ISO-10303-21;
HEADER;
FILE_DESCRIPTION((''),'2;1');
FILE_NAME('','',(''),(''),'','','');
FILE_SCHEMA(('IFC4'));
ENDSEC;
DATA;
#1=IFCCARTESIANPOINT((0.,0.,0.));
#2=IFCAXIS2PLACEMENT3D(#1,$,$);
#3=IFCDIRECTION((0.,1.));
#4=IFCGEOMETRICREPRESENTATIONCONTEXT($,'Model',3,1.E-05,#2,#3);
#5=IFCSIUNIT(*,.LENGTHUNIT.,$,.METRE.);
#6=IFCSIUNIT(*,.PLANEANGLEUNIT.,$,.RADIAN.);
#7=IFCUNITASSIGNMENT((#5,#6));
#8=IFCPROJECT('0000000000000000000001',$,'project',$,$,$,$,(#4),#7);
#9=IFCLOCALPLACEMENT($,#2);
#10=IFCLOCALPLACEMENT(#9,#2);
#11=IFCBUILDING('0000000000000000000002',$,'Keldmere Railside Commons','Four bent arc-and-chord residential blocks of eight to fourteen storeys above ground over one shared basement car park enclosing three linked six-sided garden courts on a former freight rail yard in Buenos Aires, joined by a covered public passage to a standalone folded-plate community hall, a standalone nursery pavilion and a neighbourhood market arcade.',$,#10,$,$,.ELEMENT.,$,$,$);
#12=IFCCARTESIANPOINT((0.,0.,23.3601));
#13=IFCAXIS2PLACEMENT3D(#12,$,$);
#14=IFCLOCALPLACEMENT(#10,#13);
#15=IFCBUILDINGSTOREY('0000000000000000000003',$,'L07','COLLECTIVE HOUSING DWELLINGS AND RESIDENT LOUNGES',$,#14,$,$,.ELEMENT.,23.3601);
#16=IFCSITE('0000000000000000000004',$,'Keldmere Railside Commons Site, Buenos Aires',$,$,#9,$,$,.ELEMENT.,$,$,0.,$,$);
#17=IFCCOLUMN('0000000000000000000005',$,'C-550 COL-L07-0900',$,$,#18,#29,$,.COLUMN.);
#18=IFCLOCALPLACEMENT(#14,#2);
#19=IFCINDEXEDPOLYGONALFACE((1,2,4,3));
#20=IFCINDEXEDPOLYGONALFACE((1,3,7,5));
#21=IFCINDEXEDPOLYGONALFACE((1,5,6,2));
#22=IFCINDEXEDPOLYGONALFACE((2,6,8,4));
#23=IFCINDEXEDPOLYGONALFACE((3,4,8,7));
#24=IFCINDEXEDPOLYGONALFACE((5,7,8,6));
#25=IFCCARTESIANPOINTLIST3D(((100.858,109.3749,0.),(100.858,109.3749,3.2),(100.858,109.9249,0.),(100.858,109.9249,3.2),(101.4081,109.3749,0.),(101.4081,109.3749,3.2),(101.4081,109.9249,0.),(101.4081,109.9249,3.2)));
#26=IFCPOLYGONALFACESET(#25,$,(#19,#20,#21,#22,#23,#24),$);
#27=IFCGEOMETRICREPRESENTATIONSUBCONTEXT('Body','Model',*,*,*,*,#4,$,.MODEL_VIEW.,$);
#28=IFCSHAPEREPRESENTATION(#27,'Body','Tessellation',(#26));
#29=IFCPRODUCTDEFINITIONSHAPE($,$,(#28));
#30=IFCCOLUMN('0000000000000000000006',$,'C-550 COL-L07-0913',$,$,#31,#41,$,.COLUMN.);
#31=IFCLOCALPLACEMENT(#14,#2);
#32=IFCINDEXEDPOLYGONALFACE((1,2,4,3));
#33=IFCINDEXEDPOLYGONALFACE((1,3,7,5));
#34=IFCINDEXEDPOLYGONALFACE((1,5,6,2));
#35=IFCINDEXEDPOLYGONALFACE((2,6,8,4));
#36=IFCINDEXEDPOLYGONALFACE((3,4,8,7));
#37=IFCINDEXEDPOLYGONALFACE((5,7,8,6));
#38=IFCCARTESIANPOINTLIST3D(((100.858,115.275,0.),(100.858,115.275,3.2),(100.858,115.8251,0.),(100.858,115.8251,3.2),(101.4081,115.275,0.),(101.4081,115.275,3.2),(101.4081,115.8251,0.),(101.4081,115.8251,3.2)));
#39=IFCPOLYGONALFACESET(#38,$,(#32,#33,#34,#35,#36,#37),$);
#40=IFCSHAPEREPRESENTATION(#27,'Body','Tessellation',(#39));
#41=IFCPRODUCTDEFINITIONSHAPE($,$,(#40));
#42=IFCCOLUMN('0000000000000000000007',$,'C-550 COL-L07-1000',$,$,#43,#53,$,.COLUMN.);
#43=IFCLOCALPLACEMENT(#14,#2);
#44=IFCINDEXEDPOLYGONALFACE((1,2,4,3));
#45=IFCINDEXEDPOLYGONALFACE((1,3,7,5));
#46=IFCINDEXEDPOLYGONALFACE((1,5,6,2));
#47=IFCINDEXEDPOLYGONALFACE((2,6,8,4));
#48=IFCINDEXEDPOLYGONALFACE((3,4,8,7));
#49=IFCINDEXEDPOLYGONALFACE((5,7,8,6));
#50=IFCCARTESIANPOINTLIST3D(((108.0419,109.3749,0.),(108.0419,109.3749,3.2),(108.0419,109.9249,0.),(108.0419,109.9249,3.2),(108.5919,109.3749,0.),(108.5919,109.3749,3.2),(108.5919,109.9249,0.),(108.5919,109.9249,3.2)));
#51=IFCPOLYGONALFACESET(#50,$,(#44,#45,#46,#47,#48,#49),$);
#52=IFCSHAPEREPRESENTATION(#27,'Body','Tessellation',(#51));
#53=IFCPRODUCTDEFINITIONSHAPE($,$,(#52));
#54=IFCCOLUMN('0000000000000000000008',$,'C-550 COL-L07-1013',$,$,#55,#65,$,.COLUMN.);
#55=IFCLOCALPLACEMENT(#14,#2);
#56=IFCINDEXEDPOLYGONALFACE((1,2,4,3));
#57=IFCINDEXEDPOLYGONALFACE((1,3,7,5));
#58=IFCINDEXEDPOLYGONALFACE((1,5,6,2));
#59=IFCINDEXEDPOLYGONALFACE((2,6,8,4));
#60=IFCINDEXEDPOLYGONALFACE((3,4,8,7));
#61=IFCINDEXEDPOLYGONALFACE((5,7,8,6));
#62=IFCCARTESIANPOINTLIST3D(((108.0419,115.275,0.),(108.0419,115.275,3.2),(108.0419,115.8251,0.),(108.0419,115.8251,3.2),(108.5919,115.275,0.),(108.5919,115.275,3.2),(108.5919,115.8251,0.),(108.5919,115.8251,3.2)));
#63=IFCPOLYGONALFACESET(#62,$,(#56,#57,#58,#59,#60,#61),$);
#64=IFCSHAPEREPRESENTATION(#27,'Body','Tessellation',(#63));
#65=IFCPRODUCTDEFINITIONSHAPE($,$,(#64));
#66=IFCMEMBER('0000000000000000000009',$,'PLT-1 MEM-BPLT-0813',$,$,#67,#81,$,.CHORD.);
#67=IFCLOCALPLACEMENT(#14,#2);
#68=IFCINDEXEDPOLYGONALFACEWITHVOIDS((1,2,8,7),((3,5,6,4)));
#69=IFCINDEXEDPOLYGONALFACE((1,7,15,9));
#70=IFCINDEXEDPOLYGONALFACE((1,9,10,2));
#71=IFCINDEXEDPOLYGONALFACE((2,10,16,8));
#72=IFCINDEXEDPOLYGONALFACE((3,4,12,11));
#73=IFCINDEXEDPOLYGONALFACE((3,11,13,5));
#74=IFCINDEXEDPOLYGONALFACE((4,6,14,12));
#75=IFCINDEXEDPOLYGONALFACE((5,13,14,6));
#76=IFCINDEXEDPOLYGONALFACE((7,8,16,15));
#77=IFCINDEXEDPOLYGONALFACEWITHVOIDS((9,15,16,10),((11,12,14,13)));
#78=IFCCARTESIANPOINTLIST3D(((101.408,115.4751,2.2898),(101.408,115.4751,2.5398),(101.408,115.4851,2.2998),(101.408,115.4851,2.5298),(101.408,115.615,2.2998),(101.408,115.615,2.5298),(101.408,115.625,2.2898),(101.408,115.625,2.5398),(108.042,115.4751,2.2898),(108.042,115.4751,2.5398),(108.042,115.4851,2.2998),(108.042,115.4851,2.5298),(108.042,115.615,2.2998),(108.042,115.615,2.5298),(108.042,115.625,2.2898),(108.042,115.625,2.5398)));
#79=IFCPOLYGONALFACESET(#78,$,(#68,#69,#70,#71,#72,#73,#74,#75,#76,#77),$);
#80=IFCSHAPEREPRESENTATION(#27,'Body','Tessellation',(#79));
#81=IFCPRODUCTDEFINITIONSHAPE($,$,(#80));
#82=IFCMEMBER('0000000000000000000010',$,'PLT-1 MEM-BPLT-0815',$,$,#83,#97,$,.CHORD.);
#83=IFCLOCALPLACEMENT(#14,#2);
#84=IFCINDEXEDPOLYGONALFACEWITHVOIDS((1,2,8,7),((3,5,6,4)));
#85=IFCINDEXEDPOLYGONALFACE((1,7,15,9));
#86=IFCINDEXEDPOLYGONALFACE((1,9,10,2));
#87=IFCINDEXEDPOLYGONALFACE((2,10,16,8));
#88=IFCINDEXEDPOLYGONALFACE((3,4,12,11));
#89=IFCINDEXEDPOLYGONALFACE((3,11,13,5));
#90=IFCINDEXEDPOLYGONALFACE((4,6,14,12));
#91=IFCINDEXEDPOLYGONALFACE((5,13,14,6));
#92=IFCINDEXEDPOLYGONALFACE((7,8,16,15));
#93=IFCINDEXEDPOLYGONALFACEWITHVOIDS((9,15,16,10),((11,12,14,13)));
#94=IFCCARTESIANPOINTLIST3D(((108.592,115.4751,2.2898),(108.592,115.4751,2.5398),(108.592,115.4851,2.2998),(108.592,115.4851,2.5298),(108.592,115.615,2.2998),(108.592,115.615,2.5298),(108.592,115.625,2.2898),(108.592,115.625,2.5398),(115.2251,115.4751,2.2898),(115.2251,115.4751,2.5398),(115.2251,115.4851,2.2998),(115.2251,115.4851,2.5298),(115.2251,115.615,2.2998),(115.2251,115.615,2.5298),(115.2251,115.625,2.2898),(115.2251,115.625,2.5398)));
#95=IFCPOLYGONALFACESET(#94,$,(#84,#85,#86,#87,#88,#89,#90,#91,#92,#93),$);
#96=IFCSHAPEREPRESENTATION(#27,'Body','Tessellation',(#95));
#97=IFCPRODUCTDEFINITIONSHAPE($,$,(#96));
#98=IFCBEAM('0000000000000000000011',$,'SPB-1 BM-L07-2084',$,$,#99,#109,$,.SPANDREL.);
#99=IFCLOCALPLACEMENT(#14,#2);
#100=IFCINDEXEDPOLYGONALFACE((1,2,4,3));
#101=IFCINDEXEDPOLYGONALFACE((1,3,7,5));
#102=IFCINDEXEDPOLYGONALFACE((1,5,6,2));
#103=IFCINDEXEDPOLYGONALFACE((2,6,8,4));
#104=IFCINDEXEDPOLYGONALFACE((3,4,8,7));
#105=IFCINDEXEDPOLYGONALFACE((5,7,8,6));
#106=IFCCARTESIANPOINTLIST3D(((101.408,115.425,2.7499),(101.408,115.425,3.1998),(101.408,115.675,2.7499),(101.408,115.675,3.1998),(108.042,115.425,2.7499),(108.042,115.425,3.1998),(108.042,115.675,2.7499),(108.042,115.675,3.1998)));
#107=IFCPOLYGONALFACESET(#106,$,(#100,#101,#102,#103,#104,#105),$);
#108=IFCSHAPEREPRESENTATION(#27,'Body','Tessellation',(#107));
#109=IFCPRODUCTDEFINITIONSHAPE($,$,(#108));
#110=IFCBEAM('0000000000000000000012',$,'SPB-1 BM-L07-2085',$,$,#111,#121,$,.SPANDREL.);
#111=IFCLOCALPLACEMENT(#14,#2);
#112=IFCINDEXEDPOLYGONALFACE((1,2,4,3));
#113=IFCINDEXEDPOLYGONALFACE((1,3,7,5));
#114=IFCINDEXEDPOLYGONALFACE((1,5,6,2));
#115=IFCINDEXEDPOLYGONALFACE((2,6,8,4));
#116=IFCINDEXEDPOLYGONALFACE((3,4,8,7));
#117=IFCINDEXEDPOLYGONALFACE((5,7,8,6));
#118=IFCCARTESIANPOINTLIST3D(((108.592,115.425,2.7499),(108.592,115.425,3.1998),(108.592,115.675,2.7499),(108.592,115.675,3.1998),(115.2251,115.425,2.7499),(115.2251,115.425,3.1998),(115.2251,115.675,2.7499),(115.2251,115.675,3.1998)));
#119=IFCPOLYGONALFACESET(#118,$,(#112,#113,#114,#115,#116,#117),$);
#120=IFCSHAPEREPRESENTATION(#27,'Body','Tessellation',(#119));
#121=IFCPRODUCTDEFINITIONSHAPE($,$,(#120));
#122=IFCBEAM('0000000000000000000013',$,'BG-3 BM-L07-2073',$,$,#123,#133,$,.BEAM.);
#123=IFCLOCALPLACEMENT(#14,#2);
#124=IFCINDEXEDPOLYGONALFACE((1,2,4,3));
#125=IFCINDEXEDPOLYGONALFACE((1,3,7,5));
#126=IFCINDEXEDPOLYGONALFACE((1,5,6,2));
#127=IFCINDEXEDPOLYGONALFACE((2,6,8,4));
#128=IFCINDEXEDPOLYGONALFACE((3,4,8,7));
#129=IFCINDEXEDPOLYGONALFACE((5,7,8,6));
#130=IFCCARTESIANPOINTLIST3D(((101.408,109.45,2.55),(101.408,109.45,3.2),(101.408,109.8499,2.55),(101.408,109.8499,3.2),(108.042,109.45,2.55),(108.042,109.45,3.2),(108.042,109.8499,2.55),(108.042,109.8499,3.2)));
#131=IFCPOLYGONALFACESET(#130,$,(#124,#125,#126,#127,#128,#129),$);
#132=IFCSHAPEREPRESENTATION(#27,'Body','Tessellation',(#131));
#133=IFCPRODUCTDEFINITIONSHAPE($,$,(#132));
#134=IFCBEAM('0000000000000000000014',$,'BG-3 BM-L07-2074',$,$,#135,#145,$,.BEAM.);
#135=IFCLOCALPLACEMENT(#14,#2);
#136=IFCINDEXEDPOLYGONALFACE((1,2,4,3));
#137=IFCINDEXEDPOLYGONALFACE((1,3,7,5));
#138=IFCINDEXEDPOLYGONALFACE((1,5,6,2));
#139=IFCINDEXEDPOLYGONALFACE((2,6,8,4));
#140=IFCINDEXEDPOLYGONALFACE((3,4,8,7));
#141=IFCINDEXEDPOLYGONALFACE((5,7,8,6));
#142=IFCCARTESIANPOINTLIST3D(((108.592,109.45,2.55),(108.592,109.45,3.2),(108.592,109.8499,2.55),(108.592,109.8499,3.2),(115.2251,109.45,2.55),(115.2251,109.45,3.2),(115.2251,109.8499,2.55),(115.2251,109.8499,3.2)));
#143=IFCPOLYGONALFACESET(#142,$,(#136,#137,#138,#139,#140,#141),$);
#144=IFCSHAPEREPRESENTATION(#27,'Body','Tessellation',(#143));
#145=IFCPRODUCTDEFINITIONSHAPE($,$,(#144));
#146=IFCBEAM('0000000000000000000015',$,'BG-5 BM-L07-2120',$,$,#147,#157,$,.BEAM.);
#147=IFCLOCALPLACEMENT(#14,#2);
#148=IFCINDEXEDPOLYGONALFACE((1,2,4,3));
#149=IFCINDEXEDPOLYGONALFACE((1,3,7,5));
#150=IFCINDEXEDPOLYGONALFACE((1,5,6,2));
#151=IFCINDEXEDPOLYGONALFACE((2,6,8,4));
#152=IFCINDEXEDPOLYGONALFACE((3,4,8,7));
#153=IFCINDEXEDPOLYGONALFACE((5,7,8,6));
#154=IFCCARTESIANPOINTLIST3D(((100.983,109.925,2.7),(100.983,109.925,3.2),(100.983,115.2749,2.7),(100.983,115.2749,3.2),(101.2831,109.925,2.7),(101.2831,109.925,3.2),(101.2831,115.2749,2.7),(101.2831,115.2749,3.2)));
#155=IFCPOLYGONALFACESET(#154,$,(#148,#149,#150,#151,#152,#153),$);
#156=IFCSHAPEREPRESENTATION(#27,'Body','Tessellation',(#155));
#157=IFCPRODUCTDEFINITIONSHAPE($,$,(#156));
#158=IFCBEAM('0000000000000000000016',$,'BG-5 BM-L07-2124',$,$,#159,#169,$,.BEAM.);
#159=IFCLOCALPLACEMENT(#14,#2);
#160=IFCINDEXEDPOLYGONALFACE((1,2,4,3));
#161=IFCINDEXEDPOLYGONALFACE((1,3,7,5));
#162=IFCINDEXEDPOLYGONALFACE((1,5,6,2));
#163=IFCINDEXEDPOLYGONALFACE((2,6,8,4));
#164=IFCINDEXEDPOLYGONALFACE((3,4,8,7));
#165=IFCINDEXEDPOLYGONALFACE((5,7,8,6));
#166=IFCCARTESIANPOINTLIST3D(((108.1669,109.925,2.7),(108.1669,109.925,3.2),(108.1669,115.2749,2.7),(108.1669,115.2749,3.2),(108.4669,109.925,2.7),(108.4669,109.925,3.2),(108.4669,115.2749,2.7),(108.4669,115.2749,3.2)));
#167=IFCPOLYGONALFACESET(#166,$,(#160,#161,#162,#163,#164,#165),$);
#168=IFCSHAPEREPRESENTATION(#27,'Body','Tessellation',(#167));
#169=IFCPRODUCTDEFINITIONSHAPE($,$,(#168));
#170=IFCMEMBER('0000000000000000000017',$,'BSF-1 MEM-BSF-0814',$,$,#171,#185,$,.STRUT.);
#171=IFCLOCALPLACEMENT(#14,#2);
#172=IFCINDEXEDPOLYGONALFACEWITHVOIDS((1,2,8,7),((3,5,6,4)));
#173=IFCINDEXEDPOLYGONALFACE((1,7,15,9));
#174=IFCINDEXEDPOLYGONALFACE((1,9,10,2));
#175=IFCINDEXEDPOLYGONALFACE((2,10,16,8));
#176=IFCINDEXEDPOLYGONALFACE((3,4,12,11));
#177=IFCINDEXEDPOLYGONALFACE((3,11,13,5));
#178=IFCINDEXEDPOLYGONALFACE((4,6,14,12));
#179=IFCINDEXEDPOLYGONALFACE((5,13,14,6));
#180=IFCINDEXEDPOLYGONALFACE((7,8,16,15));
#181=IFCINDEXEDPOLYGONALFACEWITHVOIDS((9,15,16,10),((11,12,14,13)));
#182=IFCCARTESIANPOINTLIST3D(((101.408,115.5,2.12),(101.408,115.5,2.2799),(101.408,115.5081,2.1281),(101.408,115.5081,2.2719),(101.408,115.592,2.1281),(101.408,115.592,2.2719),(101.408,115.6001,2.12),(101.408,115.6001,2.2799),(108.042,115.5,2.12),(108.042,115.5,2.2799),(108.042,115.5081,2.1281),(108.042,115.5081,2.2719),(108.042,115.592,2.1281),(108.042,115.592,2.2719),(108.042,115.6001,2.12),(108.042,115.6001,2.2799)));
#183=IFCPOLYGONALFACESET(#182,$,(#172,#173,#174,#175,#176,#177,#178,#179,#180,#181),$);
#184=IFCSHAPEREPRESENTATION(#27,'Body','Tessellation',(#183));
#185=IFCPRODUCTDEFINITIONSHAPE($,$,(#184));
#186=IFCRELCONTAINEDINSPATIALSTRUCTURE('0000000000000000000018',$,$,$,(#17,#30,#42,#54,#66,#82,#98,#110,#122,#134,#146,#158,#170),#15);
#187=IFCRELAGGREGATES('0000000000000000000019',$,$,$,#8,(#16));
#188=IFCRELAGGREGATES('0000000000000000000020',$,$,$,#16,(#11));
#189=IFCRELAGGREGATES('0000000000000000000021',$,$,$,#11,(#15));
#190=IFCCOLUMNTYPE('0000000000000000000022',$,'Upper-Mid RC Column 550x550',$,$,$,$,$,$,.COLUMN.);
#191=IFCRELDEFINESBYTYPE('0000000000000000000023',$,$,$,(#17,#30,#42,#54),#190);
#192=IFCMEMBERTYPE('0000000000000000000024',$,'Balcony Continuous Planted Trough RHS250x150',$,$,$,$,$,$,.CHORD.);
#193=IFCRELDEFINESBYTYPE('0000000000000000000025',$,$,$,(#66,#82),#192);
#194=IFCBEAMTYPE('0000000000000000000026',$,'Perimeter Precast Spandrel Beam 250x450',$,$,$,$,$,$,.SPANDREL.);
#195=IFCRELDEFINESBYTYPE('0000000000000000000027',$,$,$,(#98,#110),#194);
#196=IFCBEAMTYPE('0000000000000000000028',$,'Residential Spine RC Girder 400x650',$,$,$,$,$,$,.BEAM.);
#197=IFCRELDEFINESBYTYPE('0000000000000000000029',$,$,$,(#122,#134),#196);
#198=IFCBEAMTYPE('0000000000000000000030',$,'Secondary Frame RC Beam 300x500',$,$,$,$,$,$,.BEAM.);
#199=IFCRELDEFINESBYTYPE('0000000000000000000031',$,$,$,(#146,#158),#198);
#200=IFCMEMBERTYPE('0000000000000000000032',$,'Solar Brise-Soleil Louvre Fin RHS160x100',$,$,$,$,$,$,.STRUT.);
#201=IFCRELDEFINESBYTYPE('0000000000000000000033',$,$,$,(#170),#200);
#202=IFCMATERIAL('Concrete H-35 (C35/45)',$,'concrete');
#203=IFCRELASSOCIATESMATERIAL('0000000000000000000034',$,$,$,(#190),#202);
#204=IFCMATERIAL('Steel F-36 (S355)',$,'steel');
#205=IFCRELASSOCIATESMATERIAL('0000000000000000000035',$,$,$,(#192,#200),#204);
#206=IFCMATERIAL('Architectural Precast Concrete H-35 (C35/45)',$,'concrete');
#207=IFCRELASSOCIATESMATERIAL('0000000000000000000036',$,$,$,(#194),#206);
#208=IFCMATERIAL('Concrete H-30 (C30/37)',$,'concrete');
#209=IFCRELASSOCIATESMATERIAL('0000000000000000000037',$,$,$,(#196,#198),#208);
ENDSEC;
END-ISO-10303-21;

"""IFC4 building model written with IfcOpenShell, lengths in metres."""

from ifc_helpers import new_model, si_unit, direction, frame, origin, origin_2d, place, context, subcontext, project, spatial, rectangle, hollow_rectangle, extrude, material, material_profile, profile_set, type_object, element, save


model = new_model("IFC4")

# Units and contexts
model_context = context("Model", 3, precision=1e-05, world=origin(), true_north=direction((0.0, 1.0)))
body_context = subcontext(model_context, "Body", "Model", "MODEL_VIEW")
ifc_project = project(units=[si_unit("LENGTHUNIT", "METRE"), si_unit("PLANEANGLEUNIT", "RADIAN")], contexts=[model_context])

# Site, building, storey
site_placement = place(None, origin())
site = spatial("IfcSite", under=ifc_project, at=site_placement, Name="Keldmere Railside Commons Site, Buenos Aires", CompositionType="ELEMENT", RefElevation=0.0)
building_placement = place(site_placement, origin())
building = spatial("IfcBuilding", under=site, at=building_placement, Name="Keldmere Railside Commons", Description="Four bent arc-and-chord residential blocks of eight to fourteen storeys above ground over one shared basement car park enclosing three linked six-sided garden courts on a former freight rail yard in Buenos Aires, joined by a covered public passage to a standalone folded-plate community hall, a standalone nursery pavilion and a neighbourhood market arcade.", CompositionType="ELEMENT")
storey_placement = place(building_placement, frame((0.0, 0.0, 23.3601)))
storey = spatial("IfcBuildingStorey", under=building, at=storey_placement, Name="L07", Description="COLLECTIVE HOUSING DWELLINGS AND RESIDENT LOUNGES", CompositionType="ELEMENT", Elevation=23.3601)

# Columns
ifc_material_1 = material(Name="Concrete H-35 (C35/45)", Category="concrete")
ifc_material_profile_1 = material_profile(ifc_material_1, rectangle(XDim=0.55, YDim=0.55, at=origin_2d()), Name="RC-550x550")
ifc_profile_set_1 = profile_set([ifc_material_profile_1], Name="Concrete H-35 (C35/45)")
column_type = type_object("IfcColumnType", Name="Upper-Mid RC Column 550x550", PredefinedType="COLUMN", material=ifc_profile_set_1)
for number, where, z_axis, x_axis, name in (
    (1, (101.1331, 109.6499, 0.0), (0.0, 0.0, 1.0), (1.0, 0.0, 0.0), "C-550 COL-L07-0900"),
    (2, (101.1331, 115.55, 0.0), (0.0, 0.0, 1.0), (1.0, 0.0, 0.0), "C-550 COL-L07-0913"),
    (3, (108.3169, 109.6499, 0.0), (0.0, 0.0, 1.0), (1.0, 0.0, 0.0), "C-550 COL-L07-1000"),
    (4, (108.3169, 115.55, 0.0), (0.0, 0.0, 1.0), (1.0, 0.0, 0.0), "C-550 COL-L07-1013"),
):
    element("IfcColumn", number, at=place(storey_placement, frame(where, z_axis=z_axis, x_axis=x_axis)), inside=storey, type_object=column_type, Name=name, PredefinedType="COLUMN", context=body_context, shape_type="SweptSolid", body=[
        extrude(rectangle(XDim=0.55, YDim=0.55, at=origin_2d()), origin(), (0.0, 0.0, 1.0), 3.2),
    ])

# Members
ifc_material_2 = material(Name="Steel F-36 (S355)", Category="steel")
ifc_material_profile_2 = material_profile(ifc_material_2, hollow_rectangle(XDim=0.1499, YDim=0.25, WallThickness=0.01, at=origin_2d()), Name="RHS-250x150x10")
ifc_profile_set_2 = profile_set([ifc_material_profile_2], Name="Steel F-36 (S355)")
member_type_1 = type_object("IfcMemberType", Name="Balcony Continuous Planted Trough RHS250x150", PredefinedType="CHORD", material=ifc_profile_set_2)
member_1_placement = place(storey_placement, frame((101.408, 115.55, 2.4148), z_axis=(1.0, 0.0, 0.0), x_axis=(0.0, 1.0, 0.0)))
element("IfcMember", 5, at=member_1_placement, inside=storey, type_object=member_type_1, Name="PLT-1 MEM-BPLT-0813", PredefinedType="CHORD", context=body_context, shape_type="SweptSolid", body=[
    extrude(hollow_rectangle(XDim=0.1499, YDim=0.25, WallThickness=0.01, at=origin_2d()), origin(), (0.0, 0.0, 1.0), 6.634),
])
member_2_placement = place(storey_placement, frame((108.592, 115.55, 2.4148), z_axis=(1.0, 0.0, 0.0), x_axis=(0.0, 1.0, 0.0)))
element("IfcMember", 6, at=member_2_placement, inside=storey, type_object=member_type_1, Name="PLT-1 MEM-BPLT-0815", PredefinedType="CHORD", context=body_context, shape_type="SweptSolid", body=[
    extrude(hollow_rectangle(XDim=0.1499, YDim=0.25, WallThickness=0.01, at=origin_2d()), origin(), (0.0, 0.0, 1.0), 6.6331),
])

# Beams
ifc_material_3 = material(Name="Architectural Precast Concrete H-35 (C35/45)", Category="concrete")
ifc_material_profile_3 = material_profile(ifc_material_3, rectangle(XDim=0.25, YDim=0.45, at=origin_2d()), Name="RC-250x450")
ifc_profile_set_3 = profile_set([ifc_material_profile_3], Name="Architectural Precast Concrete H-35 (C35/45)")
beam_type_1 = type_object("IfcBeamType", Name="Perimeter Precast Spandrel Beam 250x450", PredefinedType="SPANDREL", material=ifc_profile_set_3)
beam_1_placement = place(storey_placement, frame((101.408, 115.55, 2.9749), z_axis=(1.0, 0.0, 0.0), x_axis=(0.0, 1.0, 0.0)))
element("IfcBeam", 7, at=beam_1_placement, inside=storey, type_object=beam_type_1, Name="SPB-1 BM-L07-2084", PredefinedType="SPANDREL", context=body_context, shape_type="SweptSolid", body=[
    extrude(rectangle(XDim=0.25, YDim=0.45, at=origin_2d()), origin(), (0.0, 0.0, 1.0), 6.634),
])
beam_2_placement = place(storey_placement, frame((108.592, 115.55, 2.9749), z_axis=(1.0, 0.0, 0.0), x_axis=(0.0, 1.0, 0.0)))
element("IfcBeam", 8, at=beam_2_placement, inside=storey, type_object=beam_type_1, Name="SPB-1 BM-L07-2085", PredefinedType="SPANDREL", context=body_context, shape_type="SweptSolid", body=[
    extrude(rectangle(XDim=0.25, YDim=0.45, at=origin_2d()), origin(), (0.0, 0.0, 1.0), 6.6331),
])
ifc_material_4 = material(Name="Concrete H-30 (C30/37)", Category="concrete")
ifc_material_profile_4 = material_profile(ifc_material_4, rectangle(XDim=0.3999, YDim=0.6499, at=origin_2d()), Name="RC-400x650")
ifc_profile_set_4 = profile_set([ifc_material_profile_4], Name="Concrete H-30 (C30/37)")
beam_type_2 = type_object("IfcBeamType", Name="Residential Spine RC Girder 400x650", PredefinedType="BEAM", material=ifc_profile_set_4)
beam_3_placement = place(storey_placement, frame((101.408, 109.6499, 2.875), z_axis=(1.0, 0.0, 0.0), x_axis=(0.0, 1.0, 0.0)))
element("IfcBeam", 9, at=beam_3_placement, inside=storey, type_object=beam_type_2, Name="BG-3 BM-L07-2073", PredefinedType="BEAM", context=body_context, shape_type="SweptSolid", body=[
    extrude(rectangle(XDim=0.3999, YDim=0.6499, at=origin_2d()), origin(), (0.0, 0.0, 1.0), 6.634),
])
beam_4_placement = place(storey_placement, frame((108.592, 109.6499, 2.875), z_axis=(1.0, 0.0, 0.0), x_axis=(0.0, 1.0, 0.0)))
element("IfcBeam", 10, at=beam_4_placement, inside=storey, type_object=beam_type_2, Name="BG-3 BM-L07-2074", PredefinedType="BEAM", context=body_context, shape_type="SweptSolid", body=[
    extrude(rectangle(XDim=0.3999, YDim=0.6499, at=origin_2d()), origin(), (0.0, 0.0, 1.0), 6.6331),
])
ifc_material_profile_5 = material_profile(ifc_material_4, rectangle(XDim=0.3, YDim=0.5, at=origin_2d()), Name="RC-300x500")
ifc_profile_set_5 = profile_set([ifc_material_profile_5], Name="Concrete H-30 (C30/37)")
beam_type_3 = type_object("IfcBeamType", Name="Secondary Frame RC Beam 300x500", PredefinedType="BEAM", material=ifc_profile_set_5)
for number, where, z_axis, x_axis, name in (
    (11, (101.1331, 109.925, 2.95), (0.0, 1.0, 0.0), (-1.0, 0.0, 0.0), "BG-5 BM-L07-2120"),
    (12, (108.3169, 109.925, 2.95), (0.0, 1.0, 0.0), (-1.0, 0.0, 0.0), "BG-5 BM-L07-2124"),
):
    element("IfcBeam", number, at=place(storey_placement, frame(where, z_axis=z_axis, x_axis=x_axis)), inside=storey, type_object=beam_type_3, Name=name, PredefinedType="BEAM", context=body_context, shape_type="SweptSolid", body=[
        extrude(rectangle(XDim=0.3, YDim=0.5, at=origin_2d()), origin(), (0.0, 0.0, 1.0), 5.3499),
    ])

# Member
ifc_material_profile_6 = material_profile(ifc_material_2, hollow_rectangle(XDim=0.1001, YDim=0.1599, WallThickness=0.0081, at=origin_2d()), Name="RHS-160x100x8")
ifc_profile_set_6 = profile_set([ifc_material_profile_6], Name="Steel F-36 (S355)")
member_type_2 = type_object("IfcMemberType", Name="Solar Brise-Soleil Louvre Fin RHS160x100", PredefinedType="STRUT", material=ifc_profile_set_6)
member_3_placement = place(storey_placement, frame((101.408, 115.55, 2.2), z_axis=(1.0, 0.0, 0.0), x_axis=(0.0, 1.0, 0.0)))
element("IfcMember", 13, at=member_3_placement, inside=storey, type_object=member_type_2, Name="BSF-1 MEM-BSF-0814", PredefinedType="STRUT", context=body_context, shape_type="SweptSolid", body=[
    extrude(hollow_rectangle(XDim=0.1001, YDim=0.1599, WallThickness=0.0081, at=origin_2d()), origin(), (0.0, 0.0, 1.0), 6.634),
])

save(model, "model.ifc")
